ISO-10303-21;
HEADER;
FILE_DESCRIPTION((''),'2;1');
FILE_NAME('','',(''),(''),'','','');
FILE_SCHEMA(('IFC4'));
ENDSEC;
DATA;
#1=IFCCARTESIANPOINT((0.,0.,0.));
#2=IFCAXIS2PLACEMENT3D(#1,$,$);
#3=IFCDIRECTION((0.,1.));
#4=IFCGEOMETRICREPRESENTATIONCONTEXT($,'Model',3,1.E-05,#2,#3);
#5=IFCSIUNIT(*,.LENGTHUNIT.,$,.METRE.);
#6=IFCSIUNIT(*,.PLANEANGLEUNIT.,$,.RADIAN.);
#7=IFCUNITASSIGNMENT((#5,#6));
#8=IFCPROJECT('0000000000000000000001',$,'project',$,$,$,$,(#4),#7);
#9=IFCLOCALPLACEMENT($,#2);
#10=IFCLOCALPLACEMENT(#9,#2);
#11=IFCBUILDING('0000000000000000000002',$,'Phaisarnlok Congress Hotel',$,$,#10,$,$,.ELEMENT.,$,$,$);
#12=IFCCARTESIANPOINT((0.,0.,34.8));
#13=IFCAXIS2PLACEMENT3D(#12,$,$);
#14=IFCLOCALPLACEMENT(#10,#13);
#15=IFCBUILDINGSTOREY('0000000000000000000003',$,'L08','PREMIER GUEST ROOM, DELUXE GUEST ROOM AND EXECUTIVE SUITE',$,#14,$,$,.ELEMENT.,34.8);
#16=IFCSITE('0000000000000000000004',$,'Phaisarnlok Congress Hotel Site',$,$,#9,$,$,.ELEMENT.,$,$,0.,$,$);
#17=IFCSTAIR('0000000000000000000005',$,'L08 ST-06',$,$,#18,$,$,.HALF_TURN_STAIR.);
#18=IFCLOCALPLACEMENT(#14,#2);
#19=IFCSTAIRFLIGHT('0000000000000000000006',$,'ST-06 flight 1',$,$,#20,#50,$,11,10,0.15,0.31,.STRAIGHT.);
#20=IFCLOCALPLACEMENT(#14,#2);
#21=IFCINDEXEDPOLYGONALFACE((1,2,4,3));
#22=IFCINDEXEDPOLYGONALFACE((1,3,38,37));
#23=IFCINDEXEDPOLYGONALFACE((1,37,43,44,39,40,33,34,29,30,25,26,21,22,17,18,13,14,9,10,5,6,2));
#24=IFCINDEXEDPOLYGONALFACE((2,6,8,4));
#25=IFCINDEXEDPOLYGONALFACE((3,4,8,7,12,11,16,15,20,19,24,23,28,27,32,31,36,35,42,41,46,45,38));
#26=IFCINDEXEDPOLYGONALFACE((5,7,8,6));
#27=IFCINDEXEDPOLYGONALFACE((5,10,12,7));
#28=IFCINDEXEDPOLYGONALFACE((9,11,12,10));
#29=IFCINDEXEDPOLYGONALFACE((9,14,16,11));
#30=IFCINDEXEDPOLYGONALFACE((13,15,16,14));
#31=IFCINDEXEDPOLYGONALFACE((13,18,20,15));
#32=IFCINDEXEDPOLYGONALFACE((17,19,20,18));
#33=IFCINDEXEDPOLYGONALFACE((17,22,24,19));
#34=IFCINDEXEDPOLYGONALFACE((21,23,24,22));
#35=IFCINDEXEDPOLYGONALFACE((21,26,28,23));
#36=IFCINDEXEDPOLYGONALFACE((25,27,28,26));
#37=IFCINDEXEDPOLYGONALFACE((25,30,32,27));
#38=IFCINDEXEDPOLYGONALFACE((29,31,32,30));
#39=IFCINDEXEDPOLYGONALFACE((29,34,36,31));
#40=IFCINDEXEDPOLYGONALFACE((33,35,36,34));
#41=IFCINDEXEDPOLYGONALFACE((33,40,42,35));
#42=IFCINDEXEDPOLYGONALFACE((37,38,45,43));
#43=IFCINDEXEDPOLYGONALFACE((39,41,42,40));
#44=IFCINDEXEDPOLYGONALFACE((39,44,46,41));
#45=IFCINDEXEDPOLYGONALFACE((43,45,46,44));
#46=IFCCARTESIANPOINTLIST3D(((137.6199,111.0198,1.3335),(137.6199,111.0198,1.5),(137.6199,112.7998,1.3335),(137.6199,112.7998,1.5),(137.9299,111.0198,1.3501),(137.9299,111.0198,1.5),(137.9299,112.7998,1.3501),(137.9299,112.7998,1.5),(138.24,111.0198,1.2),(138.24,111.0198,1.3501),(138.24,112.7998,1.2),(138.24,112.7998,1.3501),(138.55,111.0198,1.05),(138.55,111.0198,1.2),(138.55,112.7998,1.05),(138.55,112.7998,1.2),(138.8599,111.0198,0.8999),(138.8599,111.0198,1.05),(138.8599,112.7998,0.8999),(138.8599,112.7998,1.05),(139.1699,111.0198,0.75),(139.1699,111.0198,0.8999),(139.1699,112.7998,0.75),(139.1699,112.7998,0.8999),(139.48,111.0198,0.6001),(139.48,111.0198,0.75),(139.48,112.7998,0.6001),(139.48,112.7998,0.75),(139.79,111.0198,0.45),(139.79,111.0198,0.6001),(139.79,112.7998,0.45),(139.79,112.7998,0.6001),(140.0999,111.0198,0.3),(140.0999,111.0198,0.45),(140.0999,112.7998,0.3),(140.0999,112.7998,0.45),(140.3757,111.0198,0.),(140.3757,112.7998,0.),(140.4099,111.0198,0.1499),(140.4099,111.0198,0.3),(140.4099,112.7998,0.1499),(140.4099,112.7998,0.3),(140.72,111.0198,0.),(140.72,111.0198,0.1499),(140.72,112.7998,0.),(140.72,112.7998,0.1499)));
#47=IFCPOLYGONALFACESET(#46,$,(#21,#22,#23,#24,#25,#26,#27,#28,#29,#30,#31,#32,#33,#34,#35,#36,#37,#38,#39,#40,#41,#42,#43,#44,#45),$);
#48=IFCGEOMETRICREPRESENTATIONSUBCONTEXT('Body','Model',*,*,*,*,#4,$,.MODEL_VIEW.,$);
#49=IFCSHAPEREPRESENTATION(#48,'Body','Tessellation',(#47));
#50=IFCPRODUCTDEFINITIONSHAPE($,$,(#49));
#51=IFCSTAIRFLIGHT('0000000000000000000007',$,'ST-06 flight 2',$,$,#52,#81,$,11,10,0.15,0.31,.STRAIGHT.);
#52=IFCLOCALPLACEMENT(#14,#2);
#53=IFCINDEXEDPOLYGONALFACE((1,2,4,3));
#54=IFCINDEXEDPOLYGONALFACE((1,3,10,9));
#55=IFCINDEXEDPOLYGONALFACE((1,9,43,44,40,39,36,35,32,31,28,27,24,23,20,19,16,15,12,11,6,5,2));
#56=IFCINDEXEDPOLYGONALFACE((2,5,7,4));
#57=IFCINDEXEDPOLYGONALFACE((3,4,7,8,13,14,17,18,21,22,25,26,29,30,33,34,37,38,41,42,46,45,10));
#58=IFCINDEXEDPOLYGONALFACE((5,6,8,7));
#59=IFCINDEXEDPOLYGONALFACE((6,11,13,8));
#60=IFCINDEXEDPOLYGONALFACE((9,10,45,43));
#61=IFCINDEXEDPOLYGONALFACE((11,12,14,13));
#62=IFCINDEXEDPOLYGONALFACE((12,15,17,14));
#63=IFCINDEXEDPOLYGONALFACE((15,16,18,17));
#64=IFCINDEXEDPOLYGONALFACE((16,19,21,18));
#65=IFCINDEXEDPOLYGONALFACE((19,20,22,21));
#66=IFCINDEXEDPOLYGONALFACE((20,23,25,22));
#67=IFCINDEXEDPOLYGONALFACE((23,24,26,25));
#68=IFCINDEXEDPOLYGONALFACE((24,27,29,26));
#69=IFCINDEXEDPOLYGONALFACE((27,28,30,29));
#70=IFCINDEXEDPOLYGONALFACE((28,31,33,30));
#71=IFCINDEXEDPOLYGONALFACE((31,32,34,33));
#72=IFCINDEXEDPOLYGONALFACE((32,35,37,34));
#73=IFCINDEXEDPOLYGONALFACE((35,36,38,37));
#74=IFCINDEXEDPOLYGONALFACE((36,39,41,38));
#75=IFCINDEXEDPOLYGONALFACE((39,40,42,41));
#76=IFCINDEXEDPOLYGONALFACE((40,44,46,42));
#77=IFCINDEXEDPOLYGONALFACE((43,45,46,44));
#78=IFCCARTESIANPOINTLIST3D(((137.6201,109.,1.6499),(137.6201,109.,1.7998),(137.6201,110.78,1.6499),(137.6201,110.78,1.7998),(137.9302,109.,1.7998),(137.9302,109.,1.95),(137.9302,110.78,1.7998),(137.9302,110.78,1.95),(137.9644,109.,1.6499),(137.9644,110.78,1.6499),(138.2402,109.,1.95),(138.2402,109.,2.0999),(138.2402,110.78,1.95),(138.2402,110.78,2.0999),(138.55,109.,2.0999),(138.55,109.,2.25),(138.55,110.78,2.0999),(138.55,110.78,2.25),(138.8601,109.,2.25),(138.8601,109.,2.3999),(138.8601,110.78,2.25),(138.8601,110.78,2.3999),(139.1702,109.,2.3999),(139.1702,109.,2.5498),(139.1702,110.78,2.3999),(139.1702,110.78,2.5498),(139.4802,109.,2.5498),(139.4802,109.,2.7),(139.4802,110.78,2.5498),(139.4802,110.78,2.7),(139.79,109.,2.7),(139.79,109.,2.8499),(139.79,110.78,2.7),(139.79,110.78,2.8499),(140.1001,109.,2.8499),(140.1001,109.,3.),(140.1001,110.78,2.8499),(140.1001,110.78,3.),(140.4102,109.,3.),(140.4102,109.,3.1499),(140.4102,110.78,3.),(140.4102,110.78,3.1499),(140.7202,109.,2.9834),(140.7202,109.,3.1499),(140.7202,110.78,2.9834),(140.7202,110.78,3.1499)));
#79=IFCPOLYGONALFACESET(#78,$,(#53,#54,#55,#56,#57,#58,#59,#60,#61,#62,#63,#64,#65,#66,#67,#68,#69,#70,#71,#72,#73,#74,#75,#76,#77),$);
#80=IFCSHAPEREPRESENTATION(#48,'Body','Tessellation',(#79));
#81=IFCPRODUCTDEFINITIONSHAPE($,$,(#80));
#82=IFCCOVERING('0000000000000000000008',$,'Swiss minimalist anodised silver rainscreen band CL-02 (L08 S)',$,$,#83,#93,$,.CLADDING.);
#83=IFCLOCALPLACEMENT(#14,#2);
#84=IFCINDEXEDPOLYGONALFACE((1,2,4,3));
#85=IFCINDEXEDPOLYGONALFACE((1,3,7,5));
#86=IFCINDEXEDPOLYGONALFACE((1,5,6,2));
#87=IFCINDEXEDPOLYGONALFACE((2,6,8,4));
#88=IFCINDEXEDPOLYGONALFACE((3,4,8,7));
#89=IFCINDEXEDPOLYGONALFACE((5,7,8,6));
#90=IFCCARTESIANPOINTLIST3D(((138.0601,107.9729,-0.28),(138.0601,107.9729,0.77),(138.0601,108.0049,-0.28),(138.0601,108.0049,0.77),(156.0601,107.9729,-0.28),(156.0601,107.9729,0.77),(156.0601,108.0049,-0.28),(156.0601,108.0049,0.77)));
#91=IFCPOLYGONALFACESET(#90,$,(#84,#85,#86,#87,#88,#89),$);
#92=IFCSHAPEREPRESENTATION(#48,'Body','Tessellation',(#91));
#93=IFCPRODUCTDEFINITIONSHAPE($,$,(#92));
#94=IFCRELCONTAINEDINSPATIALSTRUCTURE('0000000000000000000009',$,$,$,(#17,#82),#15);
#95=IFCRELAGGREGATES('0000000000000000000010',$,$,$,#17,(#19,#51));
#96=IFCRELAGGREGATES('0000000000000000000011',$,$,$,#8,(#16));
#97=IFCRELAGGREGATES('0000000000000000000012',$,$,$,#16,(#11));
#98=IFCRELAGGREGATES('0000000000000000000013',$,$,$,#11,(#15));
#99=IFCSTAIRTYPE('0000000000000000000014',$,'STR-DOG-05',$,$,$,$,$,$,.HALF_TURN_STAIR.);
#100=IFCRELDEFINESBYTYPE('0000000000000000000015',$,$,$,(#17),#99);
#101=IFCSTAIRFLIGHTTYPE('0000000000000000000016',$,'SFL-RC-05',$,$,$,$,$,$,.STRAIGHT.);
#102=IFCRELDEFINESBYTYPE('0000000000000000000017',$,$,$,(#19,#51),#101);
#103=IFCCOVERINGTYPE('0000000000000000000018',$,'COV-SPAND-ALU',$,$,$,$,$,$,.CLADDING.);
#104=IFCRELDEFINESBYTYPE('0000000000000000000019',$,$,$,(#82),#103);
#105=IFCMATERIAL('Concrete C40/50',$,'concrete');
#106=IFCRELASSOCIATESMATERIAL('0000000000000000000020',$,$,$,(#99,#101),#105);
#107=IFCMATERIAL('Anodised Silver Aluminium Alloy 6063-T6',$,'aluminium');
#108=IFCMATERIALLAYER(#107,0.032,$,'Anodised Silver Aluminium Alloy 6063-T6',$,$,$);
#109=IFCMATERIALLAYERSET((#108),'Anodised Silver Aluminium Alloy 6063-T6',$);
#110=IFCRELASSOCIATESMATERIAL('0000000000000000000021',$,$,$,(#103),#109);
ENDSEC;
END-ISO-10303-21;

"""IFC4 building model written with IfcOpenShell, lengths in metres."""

from ifc_helpers import new_model, si_unit, direction, frame, origin, place, context, subcontext, project, spatial, polyline, outline, extrude, material, layer, layer_set, type_object, element, aggregate, save


model = new_model("IFC4")

# Units and contexts
model_context = context("Model", 3, precision=1e-05, world=origin(), true_north=direction((0.0, 1.0)))
body_context = subcontext(model_context, "Body", "Model", "MODEL_VIEW")
ifc_project = project(units=[si_unit("LENGTHUNIT", "METRE"), si_unit("PLANEANGLEUNIT", "RADIAN")], contexts=[model_context])

# Site, building, storey
site_placement = place(None, origin())
site = spatial("IfcSite", under=ifc_project, at=site_placement, Name="Phaisarnlok Congress Hotel Site", CompositionType="ELEMENT", RefElevation=0.0)
building_placement = place(site_placement, origin())
building = spatial("IfcBuilding", under=site, at=building_placement, Name="Phaisarnlok Congress Hotel", CompositionType="ELEMENT")
storey_placement = place(building_placement, frame((0.0, 0.0, 34.8)))
storey = spatial("IfcBuildingStorey", under=building, at=storey_placement, Name="L08", Description="PREMIER GUEST ROOM, DELUXE GUEST ROOM AND EXECUTIVE SUITE", CompositionType="ELEMENT", Elevation=34.8)

# Shared definitions
ifc_material_1 = material(Name="Concrete C40/50", Category="concrete")

# Stair, stair flights
stair_type = type_object("IfcStairType", Name="STR-DOG-05", PredefinedType="HALF_TURN_STAIR", material=ifc_material_1)
stair_placement = place(storey_placement, origin())
stair = element("IfcStair", 1, at=stair_placement, inside=storey, type_object=stair_type, Name="L08 ST-06", PredefinedType="HALF_TURN_STAIR")
stair_flight_type = type_object("IfcStairFlightType", Name="SFL-RC-05", PredefinedType="STRAIGHT", material=ifc_material_1)
stair_flight_1_placement = place(storey_placement, frame((140.72, 111.9099, 0.0), z_axis=(0.0, 0.0, 1.0), x_axis=(-1.0, 0.0, 0.0)))
stair_flight_1 = element("IfcStairFlight", 2, at=stair_flight_1_placement, type_object=stair_flight_type, Name="ST-06 flight 1", NumberOfRisers=11, NumberOfTreads=10, PredefinedType="STRAIGHT", RiserHeight=0.15, TreadLength=0.31, context=body_context, shape_type="SweptSolid", body=[
    extrude(outline(polyline([(0.0, 0.0), (0.0, 0.1499), (0.3101, 0.1499), (0.3101, 0.3), (0.6201, 0.3), (0.6201, 0.45), (0.9299, 0.45), (0.9299, 0.6001), (1.24, 0.6001), (1.24, 0.75), (1.55, 0.75), (1.55, 0.8999), (1.8601, 0.8999), (1.8601, 1.05), (2.1699, 1.05), (2.1699, 1.2), (2.48, 1.2), (2.48, 1.3501), (2.79, 1.3501), (2.79, 1.5), (3.1001, 1.5), (3.1001, 1.6499), (3.1001, 1.3335), (0.3442, 0.0), (0.0, 0.0)])), frame((0.0, 0.8901, 0.0), z_axis=(0.0, -1.0, 0.0), x_axis=(1.0, 0.0, 0.0)), (0.0, 0.0, 1.0), 1.78),
])
stair_flight_2_placement = place(storey_placement, frame((137.6201, 109.8899, 1.6499), z_axis=(0.0, 0.0, 1.0), x_axis=(1.0, 0.0, 0.0)))
stair_flight_2 = element("IfcStairFlight", 3, at=stair_flight_2_placement, type_object=stair_flight_type, Name="ST-06 flight 2", NumberOfRisers=11, NumberOfTreads=10, PredefinedType="STRAIGHT", RiserHeight=0.15, TreadLength=0.31, context=body_context, shape_type="SweptSolid", body=[
    extrude(outline(polyline([(0.0, 0.0), (0.0, 0.1499), (0.3101, 0.1499), (0.3101, 0.3), (0.6201, 0.3), (0.6201, 0.45), (0.9299, 0.45), (0.9299, 0.6001), (1.24, 0.6001), (1.24, 0.75), (1.55, 0.75), (1.55, 0.8999), (1.8601, 0.8999), (1.8601, 1.05), (2.1699, 1.05), (2.1699, 1.2), (2.48, 1.2), (2.48, 1.3501), (2.79, 1.3501), (2.79, 1.5), (3.1001, 1.5), (3.1001, 1.6499), (3.1001, 1.3335), (0.3442, 0.0), (0.0, 0.0)])), frame((0.0, 0.8901, 0.0), z_axis=(0.0, -1.0, 0.0), x_axis=(1.0, 0.0, 0.0)), (0.0, 0.0, 1.0), 1.78),
])
aggregate(stair, [stair_flight_1, stair_flight_2])

# Covering
ifc_material_2 = material(Name="Anodised Silver Aluminium Alloy 6063-T6", Category="aluminium")
ifc_layer_1 = layer(ifc_material_2, 0.032, Name="Anodised Silver Aluminium Alloy 6063-T6")
ifc_layer_set_1 = layer_set([ifc_layer_1], Name="Anodised Silver Aluminium Alloy 6063-T6")
covering_type = type_object("IfcCoveringType", Name="COV-SPAND-ALU", PredefinedType="CLADDING", material=ifc_layer_set_1)
covering_placement = place(storey_placement, frame((138.0601, 108.0049, -0.28), z_axis=(0.0, -1.0, 0.0), x_axis=(1.0, 0.0, 0.0)))
element("IfcCovering", 4, at=covering_placement, inside=storey, type_object=covering_type, Name="Swiss minimalist anodised silver rainscreen band CL-02 (L08 S)", PredefinedType="CLADDING", context=body_context, shape_type="SweptSolid", body=[
    extrude(outline(polyline([(0.0, 0.0), (18.0, 0.0), (18.0, 1.05), (0.0, 1.05), (0.0, 0.0)])), origin(), (0.0, 0.0, 1.0), 0.032),
])

save(model, "model.ifc")
